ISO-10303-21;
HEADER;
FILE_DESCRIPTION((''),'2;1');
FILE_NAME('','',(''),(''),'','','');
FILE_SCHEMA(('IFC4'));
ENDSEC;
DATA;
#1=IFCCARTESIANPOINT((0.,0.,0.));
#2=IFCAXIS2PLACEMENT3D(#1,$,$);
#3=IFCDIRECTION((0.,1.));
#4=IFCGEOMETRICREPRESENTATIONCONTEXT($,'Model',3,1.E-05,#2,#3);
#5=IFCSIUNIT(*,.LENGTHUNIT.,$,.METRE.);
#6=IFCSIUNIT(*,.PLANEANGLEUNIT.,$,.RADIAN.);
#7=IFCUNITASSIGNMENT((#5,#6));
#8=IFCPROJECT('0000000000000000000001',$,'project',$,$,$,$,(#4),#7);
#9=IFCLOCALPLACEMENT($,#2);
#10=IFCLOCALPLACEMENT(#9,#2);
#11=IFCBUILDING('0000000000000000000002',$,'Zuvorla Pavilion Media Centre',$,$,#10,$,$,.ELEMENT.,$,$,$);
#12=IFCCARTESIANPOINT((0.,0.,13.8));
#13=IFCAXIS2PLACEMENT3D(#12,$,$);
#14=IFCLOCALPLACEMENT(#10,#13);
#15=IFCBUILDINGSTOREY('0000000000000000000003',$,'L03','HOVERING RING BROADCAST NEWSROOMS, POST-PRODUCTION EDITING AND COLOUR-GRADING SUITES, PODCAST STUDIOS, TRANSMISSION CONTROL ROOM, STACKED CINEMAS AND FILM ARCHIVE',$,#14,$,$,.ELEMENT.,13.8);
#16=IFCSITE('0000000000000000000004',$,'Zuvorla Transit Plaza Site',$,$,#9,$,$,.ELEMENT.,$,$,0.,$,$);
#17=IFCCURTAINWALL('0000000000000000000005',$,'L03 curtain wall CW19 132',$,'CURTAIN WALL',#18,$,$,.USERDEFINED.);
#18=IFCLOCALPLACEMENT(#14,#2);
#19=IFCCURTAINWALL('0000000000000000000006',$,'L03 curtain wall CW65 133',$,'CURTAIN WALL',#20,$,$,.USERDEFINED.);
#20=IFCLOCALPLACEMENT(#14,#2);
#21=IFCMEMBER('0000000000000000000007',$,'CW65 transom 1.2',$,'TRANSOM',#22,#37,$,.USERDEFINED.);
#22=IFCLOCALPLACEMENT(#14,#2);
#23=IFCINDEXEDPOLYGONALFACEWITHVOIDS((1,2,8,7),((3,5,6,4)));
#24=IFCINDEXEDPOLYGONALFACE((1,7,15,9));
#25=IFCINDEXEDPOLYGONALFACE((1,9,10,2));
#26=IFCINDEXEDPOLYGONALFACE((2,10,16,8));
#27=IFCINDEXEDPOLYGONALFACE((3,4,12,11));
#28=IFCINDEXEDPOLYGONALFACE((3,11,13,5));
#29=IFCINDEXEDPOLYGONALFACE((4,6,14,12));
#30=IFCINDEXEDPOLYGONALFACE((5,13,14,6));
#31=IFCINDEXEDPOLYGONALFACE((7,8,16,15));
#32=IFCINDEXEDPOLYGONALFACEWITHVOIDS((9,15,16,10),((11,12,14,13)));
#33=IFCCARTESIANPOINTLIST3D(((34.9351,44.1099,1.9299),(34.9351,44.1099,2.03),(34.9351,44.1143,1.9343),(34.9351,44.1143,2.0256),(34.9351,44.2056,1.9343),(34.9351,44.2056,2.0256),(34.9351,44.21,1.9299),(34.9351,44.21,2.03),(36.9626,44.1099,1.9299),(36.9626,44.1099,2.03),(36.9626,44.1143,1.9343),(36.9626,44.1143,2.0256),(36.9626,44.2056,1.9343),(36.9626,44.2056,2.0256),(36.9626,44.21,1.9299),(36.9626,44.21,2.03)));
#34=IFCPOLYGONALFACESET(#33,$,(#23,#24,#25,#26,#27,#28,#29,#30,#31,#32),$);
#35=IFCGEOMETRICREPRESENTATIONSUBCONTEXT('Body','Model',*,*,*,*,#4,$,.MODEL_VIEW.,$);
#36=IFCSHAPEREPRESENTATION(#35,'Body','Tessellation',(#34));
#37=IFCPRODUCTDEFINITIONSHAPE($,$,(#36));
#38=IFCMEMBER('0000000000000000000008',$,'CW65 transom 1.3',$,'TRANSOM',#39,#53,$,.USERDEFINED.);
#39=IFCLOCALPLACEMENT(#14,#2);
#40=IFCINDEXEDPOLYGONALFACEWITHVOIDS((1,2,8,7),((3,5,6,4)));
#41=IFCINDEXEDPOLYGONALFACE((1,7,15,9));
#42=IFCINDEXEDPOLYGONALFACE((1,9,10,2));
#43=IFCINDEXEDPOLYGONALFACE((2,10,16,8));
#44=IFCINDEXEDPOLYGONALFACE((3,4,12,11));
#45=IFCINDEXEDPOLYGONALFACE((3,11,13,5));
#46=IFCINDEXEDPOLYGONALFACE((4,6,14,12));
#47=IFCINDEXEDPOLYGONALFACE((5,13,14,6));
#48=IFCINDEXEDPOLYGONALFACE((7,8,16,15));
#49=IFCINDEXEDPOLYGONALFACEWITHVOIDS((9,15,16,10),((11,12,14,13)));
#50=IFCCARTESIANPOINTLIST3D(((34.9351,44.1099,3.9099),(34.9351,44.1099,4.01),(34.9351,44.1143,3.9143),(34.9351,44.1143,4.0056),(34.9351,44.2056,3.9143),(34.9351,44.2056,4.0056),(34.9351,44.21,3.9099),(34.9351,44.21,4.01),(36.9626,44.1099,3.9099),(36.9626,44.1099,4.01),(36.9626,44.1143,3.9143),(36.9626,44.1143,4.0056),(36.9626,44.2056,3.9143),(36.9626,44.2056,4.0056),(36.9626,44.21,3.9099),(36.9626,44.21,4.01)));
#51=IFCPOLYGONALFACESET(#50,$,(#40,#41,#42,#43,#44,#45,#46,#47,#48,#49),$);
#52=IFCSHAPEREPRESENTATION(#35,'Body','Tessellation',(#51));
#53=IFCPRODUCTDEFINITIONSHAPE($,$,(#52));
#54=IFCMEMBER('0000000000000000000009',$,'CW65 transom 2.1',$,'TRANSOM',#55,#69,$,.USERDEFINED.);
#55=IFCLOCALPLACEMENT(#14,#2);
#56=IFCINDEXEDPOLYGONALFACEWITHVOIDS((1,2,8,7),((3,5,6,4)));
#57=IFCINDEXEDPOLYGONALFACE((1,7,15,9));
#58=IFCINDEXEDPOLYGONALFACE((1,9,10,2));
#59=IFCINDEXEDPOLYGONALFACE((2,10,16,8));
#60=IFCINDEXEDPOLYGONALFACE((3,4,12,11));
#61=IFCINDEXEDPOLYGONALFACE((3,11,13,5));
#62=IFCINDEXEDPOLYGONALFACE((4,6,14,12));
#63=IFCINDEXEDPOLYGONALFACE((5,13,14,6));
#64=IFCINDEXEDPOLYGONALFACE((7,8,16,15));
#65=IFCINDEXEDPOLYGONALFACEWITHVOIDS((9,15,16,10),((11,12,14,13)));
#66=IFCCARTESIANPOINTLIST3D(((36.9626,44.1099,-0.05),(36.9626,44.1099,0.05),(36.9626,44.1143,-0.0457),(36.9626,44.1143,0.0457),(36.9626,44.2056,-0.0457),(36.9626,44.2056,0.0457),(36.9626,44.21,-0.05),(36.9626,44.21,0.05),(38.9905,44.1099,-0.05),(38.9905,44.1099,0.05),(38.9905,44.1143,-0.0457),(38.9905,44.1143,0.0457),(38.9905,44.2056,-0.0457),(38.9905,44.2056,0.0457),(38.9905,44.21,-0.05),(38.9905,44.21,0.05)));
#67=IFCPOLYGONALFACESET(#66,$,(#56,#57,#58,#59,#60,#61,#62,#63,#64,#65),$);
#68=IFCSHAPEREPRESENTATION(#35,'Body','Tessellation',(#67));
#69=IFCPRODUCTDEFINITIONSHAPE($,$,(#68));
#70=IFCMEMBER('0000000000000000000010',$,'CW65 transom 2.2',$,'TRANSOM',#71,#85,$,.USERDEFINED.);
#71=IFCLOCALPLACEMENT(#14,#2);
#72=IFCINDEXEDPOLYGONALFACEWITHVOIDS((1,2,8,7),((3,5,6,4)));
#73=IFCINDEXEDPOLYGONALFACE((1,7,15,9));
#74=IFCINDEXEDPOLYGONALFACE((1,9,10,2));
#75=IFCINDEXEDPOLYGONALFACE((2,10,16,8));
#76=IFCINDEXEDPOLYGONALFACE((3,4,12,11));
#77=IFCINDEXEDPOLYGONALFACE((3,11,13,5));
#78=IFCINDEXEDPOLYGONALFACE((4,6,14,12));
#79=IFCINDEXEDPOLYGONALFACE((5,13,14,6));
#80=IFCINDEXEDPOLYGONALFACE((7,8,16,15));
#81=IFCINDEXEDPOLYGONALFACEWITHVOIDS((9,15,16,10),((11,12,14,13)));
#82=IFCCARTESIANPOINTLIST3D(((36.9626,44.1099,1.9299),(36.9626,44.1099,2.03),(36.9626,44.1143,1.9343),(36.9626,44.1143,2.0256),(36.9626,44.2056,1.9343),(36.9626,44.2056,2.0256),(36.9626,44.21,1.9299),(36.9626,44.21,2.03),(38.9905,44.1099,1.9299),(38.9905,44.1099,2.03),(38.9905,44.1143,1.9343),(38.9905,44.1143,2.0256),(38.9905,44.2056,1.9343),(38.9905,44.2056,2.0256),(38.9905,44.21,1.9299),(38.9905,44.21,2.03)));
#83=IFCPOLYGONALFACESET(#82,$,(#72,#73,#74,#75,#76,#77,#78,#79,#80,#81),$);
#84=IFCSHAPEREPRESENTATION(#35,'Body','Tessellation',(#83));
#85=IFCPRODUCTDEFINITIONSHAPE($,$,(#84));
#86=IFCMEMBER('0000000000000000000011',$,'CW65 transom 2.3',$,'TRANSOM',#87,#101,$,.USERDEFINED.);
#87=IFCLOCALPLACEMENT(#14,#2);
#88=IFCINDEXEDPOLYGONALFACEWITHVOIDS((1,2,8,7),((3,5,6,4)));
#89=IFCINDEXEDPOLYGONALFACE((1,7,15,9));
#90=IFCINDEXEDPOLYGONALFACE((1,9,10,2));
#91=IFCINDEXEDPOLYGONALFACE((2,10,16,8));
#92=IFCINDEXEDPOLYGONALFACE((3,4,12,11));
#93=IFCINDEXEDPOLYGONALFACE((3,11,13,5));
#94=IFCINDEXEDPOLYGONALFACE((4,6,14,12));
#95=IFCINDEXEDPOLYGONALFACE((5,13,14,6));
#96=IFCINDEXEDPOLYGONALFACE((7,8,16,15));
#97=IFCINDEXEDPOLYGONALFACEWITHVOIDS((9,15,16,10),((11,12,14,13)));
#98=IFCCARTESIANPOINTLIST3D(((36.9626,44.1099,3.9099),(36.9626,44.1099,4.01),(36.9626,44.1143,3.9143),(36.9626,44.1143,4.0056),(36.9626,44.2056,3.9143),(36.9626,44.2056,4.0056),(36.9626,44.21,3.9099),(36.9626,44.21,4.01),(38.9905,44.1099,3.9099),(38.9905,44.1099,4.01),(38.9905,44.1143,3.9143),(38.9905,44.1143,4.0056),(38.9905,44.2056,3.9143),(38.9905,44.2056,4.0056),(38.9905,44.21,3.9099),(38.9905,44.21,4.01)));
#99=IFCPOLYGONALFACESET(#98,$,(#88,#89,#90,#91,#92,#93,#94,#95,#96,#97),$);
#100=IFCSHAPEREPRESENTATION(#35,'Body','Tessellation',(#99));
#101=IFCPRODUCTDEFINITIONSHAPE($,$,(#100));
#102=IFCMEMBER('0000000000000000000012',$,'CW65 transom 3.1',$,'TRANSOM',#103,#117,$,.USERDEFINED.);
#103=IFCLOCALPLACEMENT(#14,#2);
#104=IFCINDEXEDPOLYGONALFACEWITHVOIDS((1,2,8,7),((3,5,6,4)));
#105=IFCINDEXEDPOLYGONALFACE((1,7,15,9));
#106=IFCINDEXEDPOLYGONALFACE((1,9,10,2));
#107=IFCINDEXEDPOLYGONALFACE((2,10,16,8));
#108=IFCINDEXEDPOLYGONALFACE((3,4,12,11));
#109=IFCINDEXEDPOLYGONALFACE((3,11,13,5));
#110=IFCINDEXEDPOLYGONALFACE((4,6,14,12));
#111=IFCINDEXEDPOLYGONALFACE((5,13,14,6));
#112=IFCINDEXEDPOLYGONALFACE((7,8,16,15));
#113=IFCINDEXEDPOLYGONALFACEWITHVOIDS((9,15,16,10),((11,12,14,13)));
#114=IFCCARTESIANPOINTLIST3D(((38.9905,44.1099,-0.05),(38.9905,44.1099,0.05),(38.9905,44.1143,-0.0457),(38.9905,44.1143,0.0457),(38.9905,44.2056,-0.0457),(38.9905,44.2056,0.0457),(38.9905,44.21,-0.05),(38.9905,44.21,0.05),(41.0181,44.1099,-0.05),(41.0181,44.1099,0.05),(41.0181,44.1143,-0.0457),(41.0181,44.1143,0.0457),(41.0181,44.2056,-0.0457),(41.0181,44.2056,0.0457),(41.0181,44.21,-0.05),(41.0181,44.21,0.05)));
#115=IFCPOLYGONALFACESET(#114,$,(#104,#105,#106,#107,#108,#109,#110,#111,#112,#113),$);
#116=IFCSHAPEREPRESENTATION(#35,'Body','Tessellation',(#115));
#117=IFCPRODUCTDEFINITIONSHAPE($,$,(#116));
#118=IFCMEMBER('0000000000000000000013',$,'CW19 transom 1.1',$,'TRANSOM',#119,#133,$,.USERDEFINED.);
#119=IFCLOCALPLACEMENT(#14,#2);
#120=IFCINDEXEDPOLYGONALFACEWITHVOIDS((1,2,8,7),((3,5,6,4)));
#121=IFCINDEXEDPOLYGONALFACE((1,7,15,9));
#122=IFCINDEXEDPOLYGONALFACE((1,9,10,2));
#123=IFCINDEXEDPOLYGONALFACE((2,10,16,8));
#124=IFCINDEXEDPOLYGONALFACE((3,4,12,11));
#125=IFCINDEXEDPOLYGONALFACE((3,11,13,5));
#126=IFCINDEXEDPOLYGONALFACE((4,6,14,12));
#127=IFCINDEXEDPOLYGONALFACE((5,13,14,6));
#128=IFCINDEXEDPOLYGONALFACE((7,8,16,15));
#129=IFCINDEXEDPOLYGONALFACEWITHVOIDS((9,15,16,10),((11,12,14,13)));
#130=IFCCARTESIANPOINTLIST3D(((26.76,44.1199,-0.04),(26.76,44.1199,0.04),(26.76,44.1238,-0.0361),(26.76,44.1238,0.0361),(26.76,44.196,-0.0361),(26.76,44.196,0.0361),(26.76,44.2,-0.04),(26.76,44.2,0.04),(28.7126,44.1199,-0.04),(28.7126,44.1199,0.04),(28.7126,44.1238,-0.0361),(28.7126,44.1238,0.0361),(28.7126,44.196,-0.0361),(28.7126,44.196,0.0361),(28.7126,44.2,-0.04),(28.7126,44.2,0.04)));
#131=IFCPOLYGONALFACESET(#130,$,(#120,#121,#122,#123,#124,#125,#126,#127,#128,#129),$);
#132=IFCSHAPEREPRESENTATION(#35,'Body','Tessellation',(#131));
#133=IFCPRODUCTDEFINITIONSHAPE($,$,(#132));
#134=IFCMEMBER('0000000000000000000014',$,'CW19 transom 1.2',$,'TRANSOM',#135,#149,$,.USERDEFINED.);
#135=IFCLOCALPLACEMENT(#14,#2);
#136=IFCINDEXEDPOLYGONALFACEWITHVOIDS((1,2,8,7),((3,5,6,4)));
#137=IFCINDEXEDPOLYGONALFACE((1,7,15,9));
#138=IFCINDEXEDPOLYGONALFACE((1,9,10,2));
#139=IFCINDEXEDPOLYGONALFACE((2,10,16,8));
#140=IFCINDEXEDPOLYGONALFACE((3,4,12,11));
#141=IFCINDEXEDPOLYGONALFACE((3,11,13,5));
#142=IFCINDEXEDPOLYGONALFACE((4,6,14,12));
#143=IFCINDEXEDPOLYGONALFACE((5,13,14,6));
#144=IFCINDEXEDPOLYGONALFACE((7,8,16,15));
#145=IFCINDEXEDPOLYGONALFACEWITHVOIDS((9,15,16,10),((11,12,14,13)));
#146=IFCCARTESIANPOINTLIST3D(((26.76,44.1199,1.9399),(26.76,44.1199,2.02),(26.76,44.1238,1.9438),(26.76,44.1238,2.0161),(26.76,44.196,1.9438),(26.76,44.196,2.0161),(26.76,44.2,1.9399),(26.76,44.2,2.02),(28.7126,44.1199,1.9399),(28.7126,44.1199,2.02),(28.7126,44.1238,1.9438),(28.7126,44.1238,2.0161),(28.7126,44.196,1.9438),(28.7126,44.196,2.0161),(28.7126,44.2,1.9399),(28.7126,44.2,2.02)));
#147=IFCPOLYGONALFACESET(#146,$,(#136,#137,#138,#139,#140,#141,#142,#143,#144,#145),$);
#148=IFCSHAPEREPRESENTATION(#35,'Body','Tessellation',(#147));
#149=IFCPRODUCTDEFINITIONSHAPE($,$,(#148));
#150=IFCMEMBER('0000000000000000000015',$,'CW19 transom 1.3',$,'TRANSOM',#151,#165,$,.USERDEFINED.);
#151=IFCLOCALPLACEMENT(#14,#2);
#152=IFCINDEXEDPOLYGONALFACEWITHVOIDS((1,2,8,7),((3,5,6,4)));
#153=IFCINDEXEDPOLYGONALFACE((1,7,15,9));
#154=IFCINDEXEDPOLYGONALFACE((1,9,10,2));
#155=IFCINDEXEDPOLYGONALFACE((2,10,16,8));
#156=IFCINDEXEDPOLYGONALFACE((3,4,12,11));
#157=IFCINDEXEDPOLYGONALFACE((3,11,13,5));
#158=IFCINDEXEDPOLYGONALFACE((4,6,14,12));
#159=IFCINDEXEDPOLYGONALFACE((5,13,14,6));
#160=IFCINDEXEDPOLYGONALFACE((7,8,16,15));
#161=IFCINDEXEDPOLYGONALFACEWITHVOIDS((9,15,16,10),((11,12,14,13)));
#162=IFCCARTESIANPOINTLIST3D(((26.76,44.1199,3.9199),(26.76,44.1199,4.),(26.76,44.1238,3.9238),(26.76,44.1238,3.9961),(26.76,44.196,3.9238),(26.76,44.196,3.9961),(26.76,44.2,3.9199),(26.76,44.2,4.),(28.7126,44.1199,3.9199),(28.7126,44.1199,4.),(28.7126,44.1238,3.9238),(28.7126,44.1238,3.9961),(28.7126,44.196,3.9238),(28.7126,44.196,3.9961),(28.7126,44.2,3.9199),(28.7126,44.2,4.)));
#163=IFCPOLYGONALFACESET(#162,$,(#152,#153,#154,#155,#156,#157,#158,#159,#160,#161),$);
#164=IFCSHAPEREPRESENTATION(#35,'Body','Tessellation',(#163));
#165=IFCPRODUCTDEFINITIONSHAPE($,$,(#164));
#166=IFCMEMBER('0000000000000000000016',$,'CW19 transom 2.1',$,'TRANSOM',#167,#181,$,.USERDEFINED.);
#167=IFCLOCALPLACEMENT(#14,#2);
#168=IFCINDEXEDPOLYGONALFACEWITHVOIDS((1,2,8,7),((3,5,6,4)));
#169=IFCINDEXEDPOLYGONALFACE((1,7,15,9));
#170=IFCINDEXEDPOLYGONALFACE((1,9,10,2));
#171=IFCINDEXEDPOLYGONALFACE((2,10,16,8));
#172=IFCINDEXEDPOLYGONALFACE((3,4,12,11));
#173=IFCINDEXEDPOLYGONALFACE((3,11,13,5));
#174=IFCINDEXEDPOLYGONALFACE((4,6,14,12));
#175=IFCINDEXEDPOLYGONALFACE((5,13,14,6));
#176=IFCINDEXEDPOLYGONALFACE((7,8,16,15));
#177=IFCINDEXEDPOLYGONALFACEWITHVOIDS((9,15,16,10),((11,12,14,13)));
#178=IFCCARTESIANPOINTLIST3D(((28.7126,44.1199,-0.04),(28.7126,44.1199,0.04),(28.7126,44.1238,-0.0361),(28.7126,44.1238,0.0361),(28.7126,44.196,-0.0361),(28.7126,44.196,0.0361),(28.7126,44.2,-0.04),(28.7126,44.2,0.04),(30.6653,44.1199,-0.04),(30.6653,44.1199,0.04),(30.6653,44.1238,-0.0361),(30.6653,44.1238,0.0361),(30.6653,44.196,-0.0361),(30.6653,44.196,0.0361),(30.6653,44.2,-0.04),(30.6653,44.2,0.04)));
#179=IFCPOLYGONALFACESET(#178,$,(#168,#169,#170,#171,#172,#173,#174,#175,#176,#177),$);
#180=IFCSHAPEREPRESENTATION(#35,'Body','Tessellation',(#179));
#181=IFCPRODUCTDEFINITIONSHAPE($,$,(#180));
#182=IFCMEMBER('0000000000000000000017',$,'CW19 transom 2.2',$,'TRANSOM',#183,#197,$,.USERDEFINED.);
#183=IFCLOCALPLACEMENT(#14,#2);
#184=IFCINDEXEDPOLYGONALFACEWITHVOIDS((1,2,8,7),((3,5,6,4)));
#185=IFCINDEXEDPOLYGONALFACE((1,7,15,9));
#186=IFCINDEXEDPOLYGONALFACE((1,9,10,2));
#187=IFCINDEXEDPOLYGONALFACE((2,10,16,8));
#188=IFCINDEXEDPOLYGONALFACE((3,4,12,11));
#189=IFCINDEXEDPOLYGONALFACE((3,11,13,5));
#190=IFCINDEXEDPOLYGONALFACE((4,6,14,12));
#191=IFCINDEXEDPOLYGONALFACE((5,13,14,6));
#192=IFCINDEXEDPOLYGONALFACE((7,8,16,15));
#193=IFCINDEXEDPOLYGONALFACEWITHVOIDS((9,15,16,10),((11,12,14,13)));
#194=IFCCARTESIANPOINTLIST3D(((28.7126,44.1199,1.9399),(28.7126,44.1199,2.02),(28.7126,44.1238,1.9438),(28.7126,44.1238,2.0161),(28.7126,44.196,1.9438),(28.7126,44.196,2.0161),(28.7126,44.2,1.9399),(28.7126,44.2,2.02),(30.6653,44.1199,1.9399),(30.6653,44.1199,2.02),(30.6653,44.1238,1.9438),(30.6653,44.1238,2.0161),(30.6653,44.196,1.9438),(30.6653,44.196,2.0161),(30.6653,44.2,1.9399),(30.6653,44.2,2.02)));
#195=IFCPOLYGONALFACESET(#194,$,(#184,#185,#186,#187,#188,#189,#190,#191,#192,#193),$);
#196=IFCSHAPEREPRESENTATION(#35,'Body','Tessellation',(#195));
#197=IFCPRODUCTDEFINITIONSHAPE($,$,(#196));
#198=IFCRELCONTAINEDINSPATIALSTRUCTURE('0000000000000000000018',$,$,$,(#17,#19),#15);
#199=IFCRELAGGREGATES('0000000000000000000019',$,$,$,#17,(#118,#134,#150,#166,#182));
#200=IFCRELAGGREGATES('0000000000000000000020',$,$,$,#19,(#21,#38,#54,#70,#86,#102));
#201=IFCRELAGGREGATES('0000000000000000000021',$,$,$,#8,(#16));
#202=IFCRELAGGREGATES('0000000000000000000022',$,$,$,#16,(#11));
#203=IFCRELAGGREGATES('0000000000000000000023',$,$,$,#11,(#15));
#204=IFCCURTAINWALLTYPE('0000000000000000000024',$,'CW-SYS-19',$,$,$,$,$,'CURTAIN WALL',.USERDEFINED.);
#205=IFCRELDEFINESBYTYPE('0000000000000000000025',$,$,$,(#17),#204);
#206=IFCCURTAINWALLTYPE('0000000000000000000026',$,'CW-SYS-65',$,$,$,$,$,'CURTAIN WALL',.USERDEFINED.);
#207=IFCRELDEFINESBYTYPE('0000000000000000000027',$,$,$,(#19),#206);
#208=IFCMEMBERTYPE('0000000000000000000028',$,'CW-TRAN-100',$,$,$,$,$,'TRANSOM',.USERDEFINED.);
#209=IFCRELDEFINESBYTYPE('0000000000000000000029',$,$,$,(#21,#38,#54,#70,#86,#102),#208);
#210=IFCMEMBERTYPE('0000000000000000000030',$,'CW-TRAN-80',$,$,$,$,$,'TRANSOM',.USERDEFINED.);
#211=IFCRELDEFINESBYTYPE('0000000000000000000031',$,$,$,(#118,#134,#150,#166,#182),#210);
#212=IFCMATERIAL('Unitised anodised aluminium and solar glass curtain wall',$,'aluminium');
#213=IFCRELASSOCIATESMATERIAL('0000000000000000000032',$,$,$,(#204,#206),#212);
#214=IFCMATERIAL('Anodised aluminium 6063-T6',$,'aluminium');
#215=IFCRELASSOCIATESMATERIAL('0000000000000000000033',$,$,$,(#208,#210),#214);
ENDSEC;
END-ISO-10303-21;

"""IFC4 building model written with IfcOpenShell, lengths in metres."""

from ifc_helpers import new_model, si_unit, direction, frame, origin, origin_2d, place, context, subcontext, project, spatial, hollow_rectangle, extrude, material, material_profile, profile_set, type_object, element, aggregate, save


model = new_model("IFC4")

# Units and contexts
model_context = context("Model", 3, precision=1e-05, world=origin(), true_north=direction((0.0, 1.0)))
body_context = subcontext(model_context, "Body", "Model", "MODEL_VIEW")
ifc_project = project(units=[si_unit("LENGTHUNIT", "METRE"), si_unit("PLANEANGLEUNIT", "RADIAN")], contexts=[model_context])

# Site, building, storey
site_placement = place(None, origin())
site = spatial("IfcSite", under=ifc_project, at=site_placement, Name="Zuvorla Transit Plaza Site", CompositionType="ELEMENT", RefElevation=0.0)
building_placement = place(site_placement, origin())
building = spatial("IfcBuilding", under=site, at=building_placement, Name="Zuvorla Pavilion Media Centre", CompositionType="ELEMENT")
storey_placement = place(building_placement, frame((0.0, 0.0, 13.8)))
storey = spatial("IfcBuildingStorey", under=building, at=storey_placement, Name="L03", Description="HOVERING RING BROADCAST NEWSROOMS, POST-PRODUCTION EDITING AND COLOUR-GRADING SUITES, PODCAST STUDIOS, TRANSMISSION CONTROL ROOM, STACKED CINEMAS AND FILM ARCHIVE", CompositionType="ELEMENT", Elevation=13.8)

# Curtain walls, members
ifc_material_1 = material(Name="Unitised anodised aluminium and solar glass curtain wall", Category="aluminium")
curtain_wall_type_1 = type_object("IfcCurtainWallType", Name="CW-SYS-19", ElementType="CURTAIN WALL", PredefinedType="USERDEFINED", material=ifc_material_1)
curtain_wall_1_placement = place(storey_placement, origin())
curtain_wall_1 = element("IfcCurtainWall", 1, at=curtain_wall_1_placement, inside=storey, type_object=curtain_wall_type_1, Name="L03 curtain wall CW19 132", ObjectType="CURTAIN WALL", PredefinedType="USERDEFINED")
ifc_material_2 = material(Name="Anodised aluminium 6063-T6", Category="aluminium")
curtain_wall_type_2 = type_object("IfcCurtainWallType", Name="CW-SYS-65", ElementType="CURTAIN WALL", PredefinedType="USERDEFINED", material=ifc_material_1)
curtain_wall_2_placement = place(storey_placement, origin())
curtain_wall_2 = element("IfcCurtainWall", 2, at=curtain_wall_2_placement, inside=storey, type_object=curtain_wall_type_2, Name="L03 curtain wall CW65 133", ObjectType="CURTAIN WALL", PredefinedType="USERDEFINED")
ifc_material_profile_1 = material_profile(ifc_material_2, hollow_rectangle(XDim=0.1001, YDim=0.1001, WallThickness=0.0044, at=origin_2d()), Name="ALU TRAN 100x100")
ifc_profile_set_1 = profile_set([ifc_material_profile_1], Name="Anodised aluminium 6063-T6")
member_type_1 = type_object("IfcMemberType", Name="CW-TRAN-100", ElementType="TRANSOM", PredefinedType="USERDEFINED", material=ifc_profile_set_1)
member_1_placement = place(storey_placement, frame((34.9351, 44.1599, 1.98), z_axis=(1.0, 0.0, 0.0), x_axis=(0.0, 1.0, 0.0)))
member_1 = element("IfcMember", 3, at=member_1_placement, type_object=member_type_1, Name="CW65 transom 1.2", ObjectType="TRANSOM", PredefinedType="USERDEFINED", context=body_context, shape_type="SweptSolid", body=[
    extrude(hollow_rectangle(XDim=0.1001, YDim=0.1001, WallThickness=0.0044, at=origin_2d()), origin(), (0.0, 0.0, 1.0), 2.0276),
])
member_2_placement = place(storey_placement, frame((34.9351, 44.1599, 3.96), z_axis=(1.0, 0.0, 0.0), x_axis=(0.0, 1.0, 0.0)))
member_2 = element("IfcMember", 4, at=member_2_placement, type_object=member_type_1, Name="CW65 transom 1.3", ObjectType="TRANSOM", PredefinedType="USERDEFINED", context=body_context, shape_type="SweptSolid", body=[
    extrude(hollow_rectangle(XDim=0.1001, YDim=0.1001, WallThickness=0.0044, at=origin_2d()), origin(), (0.0, 0.0, 1.0), 2.0276),
])
member_3_placement = place(storey_placement, frame((36.9626, 44.1599, 0.0), z_axis=(1.0, 0.0, 0.0), x_axis=(0.0, 1.0, 0.0)))
member_3 = element("IfcMember", 5, at=member_3_placement, type_object=member_type_1, Name="CW65 transom 2.1", ObjectType="TRANSOM", PredefinedType="USERDEFINED", context=body_context, shape_type="SweptSolid", body=[
    extrude(hollow_rectangle(XDim=0.1001, YDim=0.1001, WallThickness=0.0044, at=origin_2d()), origin(), (0.0, 0.0, 1.0), 2.0278),
])
member_4_placement = place(storey_placement, frame((36.9626, 44.1599, 1.98), z_axis=(1.0, 0.0, 0.0), x_axis=(0.0, 1.0, 0.0)))
member_4 = element("IfcMember", 6, at=member_4_placement, type_object=member_type_1, Name="CW65 transom 2.2", ObjectType="TRANSOM", PredefinedType="USERDEFINED", context=body_context, shape_type="SweptSolid", body=[
    extrude(hollow_rectangle(XDim=0.1001, YDim=0.1001, WallThickness=0.0044, at=origin_2d()), origin(), (0.0, 0.0, 1.0), 2.0278),
])
member_5_placement = place(storey_placement, frame((36.9626, 44.1599, 3.96), z_axis=(1.0, 0.0, 0.0), x_axis=(0.0, 1.0, 0.0)))
member_5 = element("IfcMember", 7, at=member_5_placement, type_object=member_type_1, Name="CW65 transom 2.3", ObjectType="TRANSOM", PredefinedType="USERDEFINED", context=body_context, shape_type="SweptSolid", body=[
    extrude(hollow_rectangle(XDim=0.1001, YDim=0.1001, WallThickness=0.0044, at=origin_2d()), origin(), (0.0, 0.0, 1.0), 2.0278),
])
member_6_placement = place(storey_placement, frame((38.9905, 44.1599, 0.0), z_axis=(1.0, 0.0, 0.0), x_axis=(0.0, 1.0, 0.0)))
member_6 = element("IfcMember", 8, at=member_6_placement, type_object=member_type_1, Name="CW65 transom 3.1", ObjectType="TRANSOM", PredefinedType="USERDEFINED", context=body_context, shape_type="SweptSolid", body=[
    extrude(hollow_rectangle(XDim=0.1001, YDim=0.1001, WallThickness=0.0044, at=origin_2d()), origin(), (0.0, 0.0, 1.0), 2.0276),
])

# Members
ifc_material_profile_2 = material_profile(ifc_material_2, hollow_rectangle(XDim=0.0801, YDim=0.0801, WallThickness=0.0039, at=origin_2d()), Name="ALU TRAN 80x80")
ifc_profile_set_2 = profile_set([ifc_material_profile_2], Name="Anodised aluminium 6063-T6")
member_type_2 = type_object("IfcMemberType", Name="CW-TRAN-80", ElementType="TRANSOM", PredefinedType="USERDEFINED", material=ifc_profile_set_2)
member_7_placement = place(storey_placement, frame((26.76, 44.1599, 0.0), z_axis=(1.0, 0.0, 0.0), x_axis=(0.0, 1.0, 0.0)))
member_7 = element("IfcMember", 9, at=member_7_placement, type_object=member_type_2, Name="CW19 transom 1.1", ObjectType="TRANSOM", PredefinedType="USERDEFINED", context=body_context, shape_type="SweptSolid", body=[
    extrude(hollow_rectangle(XDim=0.0801, YDim=0.0801, WallThickness=0.0039, at=origin_2d()), origin(), (0.0, 0.0, 1.0), 1.9526),
])
member_8_placement = place(storey_placement, frame((26.76, 44.1599, 1.98), z_axis=(1.0, 0.0, 0.0), x_axis=(0.0, 1.0, 0.0)))
member_8 = element("IfcMember", 10, at=member_8_placement, type_object=member_type_2, Name="CW19 transom 1.2", ObjectType="TRANSOM", PredefinedType="USERDEFINED", context=body_context, shape_type="SweptSolid", body=[
    extrude(hollow_rectangle(XDim=0.0801, YDim=0.0801, WallThickness=0.0039, at=origin_2d()), origin(), (0.0, 0.0, 1.0), 1.9526),
])
member_9_placement = place(storey_placement, frame((26.76, 44.1599, 3.96), z_axis=(1.0, 0.0, 0.0), x_axis=(0.0, 1.0, 0.0)))
member_9 = element("IfcMember", 11, at=member_9_placement, type_object=member_type_2, Name="CW19 transom 1.3", ObjectType="TRANSOM", PredefinedType="USERDEFINED", context=body_context, shape_type="SweptSolid", body=[
    extrude(hollow_rectangle(XDim=0.0801, YDim=0.0801, WallThickness=0.0039, at=origin_2d()), origin(), (0.0, 0.0, 1.0), 1.9526),
])
member_10_placement = place(storey_placement, frame((28.7126, 44.1599, 0.0), z_axis=(1.0, 0.0, 0.0), x_axis=(0.0, 1.0, 0.0)))
member_10 = element("IfcMember", 12, at=member_10_placement, type_object=member_type_2, Name="CW19 transom 2.1", ObjectType="TRANSOM", PredefinedType="USERDEFINED", context=body_context, shape_type="SweptSolid", body=[
    extrude(hollow_rectangle(XDim=0.0801, YDim=0.0801, WallThickness=0.0039, at=origin_2d()), origin(), (0.0, 0.0, 1.0), 1.9526),
])
member_11_placement = place(storey_placement, frame((28.7126, 44.1599, 1.98), z_axis=(1.0, 0.0, 0.0), x_axis=(0.0, 1.0, 0.0)))
member_11 = element("IfcMember", 13, at=member_11_placement, type_object=member_type_2, Name="CW19 transom 2.2", ObjectType="TRANSOM", PredefinedType="USERDEFINED", context=body_context, shape_type="SweptSolid", body=[
    extrude(hollow_rectangle(XDim=0.0801, YDim=0.0801, WallThickness=0.0039, at=origin_2d()), origin(), (0.0, 0.0, 1.0), 1.9526),
])

aggregate(curtain_wall_1, [member_7, member_8, member_9, member_10, member_11])
aggregate(curtain_wall_2, [member_1, member_2, member_3, member_4, member_5, member_6])

save(model, "model.ifc")
